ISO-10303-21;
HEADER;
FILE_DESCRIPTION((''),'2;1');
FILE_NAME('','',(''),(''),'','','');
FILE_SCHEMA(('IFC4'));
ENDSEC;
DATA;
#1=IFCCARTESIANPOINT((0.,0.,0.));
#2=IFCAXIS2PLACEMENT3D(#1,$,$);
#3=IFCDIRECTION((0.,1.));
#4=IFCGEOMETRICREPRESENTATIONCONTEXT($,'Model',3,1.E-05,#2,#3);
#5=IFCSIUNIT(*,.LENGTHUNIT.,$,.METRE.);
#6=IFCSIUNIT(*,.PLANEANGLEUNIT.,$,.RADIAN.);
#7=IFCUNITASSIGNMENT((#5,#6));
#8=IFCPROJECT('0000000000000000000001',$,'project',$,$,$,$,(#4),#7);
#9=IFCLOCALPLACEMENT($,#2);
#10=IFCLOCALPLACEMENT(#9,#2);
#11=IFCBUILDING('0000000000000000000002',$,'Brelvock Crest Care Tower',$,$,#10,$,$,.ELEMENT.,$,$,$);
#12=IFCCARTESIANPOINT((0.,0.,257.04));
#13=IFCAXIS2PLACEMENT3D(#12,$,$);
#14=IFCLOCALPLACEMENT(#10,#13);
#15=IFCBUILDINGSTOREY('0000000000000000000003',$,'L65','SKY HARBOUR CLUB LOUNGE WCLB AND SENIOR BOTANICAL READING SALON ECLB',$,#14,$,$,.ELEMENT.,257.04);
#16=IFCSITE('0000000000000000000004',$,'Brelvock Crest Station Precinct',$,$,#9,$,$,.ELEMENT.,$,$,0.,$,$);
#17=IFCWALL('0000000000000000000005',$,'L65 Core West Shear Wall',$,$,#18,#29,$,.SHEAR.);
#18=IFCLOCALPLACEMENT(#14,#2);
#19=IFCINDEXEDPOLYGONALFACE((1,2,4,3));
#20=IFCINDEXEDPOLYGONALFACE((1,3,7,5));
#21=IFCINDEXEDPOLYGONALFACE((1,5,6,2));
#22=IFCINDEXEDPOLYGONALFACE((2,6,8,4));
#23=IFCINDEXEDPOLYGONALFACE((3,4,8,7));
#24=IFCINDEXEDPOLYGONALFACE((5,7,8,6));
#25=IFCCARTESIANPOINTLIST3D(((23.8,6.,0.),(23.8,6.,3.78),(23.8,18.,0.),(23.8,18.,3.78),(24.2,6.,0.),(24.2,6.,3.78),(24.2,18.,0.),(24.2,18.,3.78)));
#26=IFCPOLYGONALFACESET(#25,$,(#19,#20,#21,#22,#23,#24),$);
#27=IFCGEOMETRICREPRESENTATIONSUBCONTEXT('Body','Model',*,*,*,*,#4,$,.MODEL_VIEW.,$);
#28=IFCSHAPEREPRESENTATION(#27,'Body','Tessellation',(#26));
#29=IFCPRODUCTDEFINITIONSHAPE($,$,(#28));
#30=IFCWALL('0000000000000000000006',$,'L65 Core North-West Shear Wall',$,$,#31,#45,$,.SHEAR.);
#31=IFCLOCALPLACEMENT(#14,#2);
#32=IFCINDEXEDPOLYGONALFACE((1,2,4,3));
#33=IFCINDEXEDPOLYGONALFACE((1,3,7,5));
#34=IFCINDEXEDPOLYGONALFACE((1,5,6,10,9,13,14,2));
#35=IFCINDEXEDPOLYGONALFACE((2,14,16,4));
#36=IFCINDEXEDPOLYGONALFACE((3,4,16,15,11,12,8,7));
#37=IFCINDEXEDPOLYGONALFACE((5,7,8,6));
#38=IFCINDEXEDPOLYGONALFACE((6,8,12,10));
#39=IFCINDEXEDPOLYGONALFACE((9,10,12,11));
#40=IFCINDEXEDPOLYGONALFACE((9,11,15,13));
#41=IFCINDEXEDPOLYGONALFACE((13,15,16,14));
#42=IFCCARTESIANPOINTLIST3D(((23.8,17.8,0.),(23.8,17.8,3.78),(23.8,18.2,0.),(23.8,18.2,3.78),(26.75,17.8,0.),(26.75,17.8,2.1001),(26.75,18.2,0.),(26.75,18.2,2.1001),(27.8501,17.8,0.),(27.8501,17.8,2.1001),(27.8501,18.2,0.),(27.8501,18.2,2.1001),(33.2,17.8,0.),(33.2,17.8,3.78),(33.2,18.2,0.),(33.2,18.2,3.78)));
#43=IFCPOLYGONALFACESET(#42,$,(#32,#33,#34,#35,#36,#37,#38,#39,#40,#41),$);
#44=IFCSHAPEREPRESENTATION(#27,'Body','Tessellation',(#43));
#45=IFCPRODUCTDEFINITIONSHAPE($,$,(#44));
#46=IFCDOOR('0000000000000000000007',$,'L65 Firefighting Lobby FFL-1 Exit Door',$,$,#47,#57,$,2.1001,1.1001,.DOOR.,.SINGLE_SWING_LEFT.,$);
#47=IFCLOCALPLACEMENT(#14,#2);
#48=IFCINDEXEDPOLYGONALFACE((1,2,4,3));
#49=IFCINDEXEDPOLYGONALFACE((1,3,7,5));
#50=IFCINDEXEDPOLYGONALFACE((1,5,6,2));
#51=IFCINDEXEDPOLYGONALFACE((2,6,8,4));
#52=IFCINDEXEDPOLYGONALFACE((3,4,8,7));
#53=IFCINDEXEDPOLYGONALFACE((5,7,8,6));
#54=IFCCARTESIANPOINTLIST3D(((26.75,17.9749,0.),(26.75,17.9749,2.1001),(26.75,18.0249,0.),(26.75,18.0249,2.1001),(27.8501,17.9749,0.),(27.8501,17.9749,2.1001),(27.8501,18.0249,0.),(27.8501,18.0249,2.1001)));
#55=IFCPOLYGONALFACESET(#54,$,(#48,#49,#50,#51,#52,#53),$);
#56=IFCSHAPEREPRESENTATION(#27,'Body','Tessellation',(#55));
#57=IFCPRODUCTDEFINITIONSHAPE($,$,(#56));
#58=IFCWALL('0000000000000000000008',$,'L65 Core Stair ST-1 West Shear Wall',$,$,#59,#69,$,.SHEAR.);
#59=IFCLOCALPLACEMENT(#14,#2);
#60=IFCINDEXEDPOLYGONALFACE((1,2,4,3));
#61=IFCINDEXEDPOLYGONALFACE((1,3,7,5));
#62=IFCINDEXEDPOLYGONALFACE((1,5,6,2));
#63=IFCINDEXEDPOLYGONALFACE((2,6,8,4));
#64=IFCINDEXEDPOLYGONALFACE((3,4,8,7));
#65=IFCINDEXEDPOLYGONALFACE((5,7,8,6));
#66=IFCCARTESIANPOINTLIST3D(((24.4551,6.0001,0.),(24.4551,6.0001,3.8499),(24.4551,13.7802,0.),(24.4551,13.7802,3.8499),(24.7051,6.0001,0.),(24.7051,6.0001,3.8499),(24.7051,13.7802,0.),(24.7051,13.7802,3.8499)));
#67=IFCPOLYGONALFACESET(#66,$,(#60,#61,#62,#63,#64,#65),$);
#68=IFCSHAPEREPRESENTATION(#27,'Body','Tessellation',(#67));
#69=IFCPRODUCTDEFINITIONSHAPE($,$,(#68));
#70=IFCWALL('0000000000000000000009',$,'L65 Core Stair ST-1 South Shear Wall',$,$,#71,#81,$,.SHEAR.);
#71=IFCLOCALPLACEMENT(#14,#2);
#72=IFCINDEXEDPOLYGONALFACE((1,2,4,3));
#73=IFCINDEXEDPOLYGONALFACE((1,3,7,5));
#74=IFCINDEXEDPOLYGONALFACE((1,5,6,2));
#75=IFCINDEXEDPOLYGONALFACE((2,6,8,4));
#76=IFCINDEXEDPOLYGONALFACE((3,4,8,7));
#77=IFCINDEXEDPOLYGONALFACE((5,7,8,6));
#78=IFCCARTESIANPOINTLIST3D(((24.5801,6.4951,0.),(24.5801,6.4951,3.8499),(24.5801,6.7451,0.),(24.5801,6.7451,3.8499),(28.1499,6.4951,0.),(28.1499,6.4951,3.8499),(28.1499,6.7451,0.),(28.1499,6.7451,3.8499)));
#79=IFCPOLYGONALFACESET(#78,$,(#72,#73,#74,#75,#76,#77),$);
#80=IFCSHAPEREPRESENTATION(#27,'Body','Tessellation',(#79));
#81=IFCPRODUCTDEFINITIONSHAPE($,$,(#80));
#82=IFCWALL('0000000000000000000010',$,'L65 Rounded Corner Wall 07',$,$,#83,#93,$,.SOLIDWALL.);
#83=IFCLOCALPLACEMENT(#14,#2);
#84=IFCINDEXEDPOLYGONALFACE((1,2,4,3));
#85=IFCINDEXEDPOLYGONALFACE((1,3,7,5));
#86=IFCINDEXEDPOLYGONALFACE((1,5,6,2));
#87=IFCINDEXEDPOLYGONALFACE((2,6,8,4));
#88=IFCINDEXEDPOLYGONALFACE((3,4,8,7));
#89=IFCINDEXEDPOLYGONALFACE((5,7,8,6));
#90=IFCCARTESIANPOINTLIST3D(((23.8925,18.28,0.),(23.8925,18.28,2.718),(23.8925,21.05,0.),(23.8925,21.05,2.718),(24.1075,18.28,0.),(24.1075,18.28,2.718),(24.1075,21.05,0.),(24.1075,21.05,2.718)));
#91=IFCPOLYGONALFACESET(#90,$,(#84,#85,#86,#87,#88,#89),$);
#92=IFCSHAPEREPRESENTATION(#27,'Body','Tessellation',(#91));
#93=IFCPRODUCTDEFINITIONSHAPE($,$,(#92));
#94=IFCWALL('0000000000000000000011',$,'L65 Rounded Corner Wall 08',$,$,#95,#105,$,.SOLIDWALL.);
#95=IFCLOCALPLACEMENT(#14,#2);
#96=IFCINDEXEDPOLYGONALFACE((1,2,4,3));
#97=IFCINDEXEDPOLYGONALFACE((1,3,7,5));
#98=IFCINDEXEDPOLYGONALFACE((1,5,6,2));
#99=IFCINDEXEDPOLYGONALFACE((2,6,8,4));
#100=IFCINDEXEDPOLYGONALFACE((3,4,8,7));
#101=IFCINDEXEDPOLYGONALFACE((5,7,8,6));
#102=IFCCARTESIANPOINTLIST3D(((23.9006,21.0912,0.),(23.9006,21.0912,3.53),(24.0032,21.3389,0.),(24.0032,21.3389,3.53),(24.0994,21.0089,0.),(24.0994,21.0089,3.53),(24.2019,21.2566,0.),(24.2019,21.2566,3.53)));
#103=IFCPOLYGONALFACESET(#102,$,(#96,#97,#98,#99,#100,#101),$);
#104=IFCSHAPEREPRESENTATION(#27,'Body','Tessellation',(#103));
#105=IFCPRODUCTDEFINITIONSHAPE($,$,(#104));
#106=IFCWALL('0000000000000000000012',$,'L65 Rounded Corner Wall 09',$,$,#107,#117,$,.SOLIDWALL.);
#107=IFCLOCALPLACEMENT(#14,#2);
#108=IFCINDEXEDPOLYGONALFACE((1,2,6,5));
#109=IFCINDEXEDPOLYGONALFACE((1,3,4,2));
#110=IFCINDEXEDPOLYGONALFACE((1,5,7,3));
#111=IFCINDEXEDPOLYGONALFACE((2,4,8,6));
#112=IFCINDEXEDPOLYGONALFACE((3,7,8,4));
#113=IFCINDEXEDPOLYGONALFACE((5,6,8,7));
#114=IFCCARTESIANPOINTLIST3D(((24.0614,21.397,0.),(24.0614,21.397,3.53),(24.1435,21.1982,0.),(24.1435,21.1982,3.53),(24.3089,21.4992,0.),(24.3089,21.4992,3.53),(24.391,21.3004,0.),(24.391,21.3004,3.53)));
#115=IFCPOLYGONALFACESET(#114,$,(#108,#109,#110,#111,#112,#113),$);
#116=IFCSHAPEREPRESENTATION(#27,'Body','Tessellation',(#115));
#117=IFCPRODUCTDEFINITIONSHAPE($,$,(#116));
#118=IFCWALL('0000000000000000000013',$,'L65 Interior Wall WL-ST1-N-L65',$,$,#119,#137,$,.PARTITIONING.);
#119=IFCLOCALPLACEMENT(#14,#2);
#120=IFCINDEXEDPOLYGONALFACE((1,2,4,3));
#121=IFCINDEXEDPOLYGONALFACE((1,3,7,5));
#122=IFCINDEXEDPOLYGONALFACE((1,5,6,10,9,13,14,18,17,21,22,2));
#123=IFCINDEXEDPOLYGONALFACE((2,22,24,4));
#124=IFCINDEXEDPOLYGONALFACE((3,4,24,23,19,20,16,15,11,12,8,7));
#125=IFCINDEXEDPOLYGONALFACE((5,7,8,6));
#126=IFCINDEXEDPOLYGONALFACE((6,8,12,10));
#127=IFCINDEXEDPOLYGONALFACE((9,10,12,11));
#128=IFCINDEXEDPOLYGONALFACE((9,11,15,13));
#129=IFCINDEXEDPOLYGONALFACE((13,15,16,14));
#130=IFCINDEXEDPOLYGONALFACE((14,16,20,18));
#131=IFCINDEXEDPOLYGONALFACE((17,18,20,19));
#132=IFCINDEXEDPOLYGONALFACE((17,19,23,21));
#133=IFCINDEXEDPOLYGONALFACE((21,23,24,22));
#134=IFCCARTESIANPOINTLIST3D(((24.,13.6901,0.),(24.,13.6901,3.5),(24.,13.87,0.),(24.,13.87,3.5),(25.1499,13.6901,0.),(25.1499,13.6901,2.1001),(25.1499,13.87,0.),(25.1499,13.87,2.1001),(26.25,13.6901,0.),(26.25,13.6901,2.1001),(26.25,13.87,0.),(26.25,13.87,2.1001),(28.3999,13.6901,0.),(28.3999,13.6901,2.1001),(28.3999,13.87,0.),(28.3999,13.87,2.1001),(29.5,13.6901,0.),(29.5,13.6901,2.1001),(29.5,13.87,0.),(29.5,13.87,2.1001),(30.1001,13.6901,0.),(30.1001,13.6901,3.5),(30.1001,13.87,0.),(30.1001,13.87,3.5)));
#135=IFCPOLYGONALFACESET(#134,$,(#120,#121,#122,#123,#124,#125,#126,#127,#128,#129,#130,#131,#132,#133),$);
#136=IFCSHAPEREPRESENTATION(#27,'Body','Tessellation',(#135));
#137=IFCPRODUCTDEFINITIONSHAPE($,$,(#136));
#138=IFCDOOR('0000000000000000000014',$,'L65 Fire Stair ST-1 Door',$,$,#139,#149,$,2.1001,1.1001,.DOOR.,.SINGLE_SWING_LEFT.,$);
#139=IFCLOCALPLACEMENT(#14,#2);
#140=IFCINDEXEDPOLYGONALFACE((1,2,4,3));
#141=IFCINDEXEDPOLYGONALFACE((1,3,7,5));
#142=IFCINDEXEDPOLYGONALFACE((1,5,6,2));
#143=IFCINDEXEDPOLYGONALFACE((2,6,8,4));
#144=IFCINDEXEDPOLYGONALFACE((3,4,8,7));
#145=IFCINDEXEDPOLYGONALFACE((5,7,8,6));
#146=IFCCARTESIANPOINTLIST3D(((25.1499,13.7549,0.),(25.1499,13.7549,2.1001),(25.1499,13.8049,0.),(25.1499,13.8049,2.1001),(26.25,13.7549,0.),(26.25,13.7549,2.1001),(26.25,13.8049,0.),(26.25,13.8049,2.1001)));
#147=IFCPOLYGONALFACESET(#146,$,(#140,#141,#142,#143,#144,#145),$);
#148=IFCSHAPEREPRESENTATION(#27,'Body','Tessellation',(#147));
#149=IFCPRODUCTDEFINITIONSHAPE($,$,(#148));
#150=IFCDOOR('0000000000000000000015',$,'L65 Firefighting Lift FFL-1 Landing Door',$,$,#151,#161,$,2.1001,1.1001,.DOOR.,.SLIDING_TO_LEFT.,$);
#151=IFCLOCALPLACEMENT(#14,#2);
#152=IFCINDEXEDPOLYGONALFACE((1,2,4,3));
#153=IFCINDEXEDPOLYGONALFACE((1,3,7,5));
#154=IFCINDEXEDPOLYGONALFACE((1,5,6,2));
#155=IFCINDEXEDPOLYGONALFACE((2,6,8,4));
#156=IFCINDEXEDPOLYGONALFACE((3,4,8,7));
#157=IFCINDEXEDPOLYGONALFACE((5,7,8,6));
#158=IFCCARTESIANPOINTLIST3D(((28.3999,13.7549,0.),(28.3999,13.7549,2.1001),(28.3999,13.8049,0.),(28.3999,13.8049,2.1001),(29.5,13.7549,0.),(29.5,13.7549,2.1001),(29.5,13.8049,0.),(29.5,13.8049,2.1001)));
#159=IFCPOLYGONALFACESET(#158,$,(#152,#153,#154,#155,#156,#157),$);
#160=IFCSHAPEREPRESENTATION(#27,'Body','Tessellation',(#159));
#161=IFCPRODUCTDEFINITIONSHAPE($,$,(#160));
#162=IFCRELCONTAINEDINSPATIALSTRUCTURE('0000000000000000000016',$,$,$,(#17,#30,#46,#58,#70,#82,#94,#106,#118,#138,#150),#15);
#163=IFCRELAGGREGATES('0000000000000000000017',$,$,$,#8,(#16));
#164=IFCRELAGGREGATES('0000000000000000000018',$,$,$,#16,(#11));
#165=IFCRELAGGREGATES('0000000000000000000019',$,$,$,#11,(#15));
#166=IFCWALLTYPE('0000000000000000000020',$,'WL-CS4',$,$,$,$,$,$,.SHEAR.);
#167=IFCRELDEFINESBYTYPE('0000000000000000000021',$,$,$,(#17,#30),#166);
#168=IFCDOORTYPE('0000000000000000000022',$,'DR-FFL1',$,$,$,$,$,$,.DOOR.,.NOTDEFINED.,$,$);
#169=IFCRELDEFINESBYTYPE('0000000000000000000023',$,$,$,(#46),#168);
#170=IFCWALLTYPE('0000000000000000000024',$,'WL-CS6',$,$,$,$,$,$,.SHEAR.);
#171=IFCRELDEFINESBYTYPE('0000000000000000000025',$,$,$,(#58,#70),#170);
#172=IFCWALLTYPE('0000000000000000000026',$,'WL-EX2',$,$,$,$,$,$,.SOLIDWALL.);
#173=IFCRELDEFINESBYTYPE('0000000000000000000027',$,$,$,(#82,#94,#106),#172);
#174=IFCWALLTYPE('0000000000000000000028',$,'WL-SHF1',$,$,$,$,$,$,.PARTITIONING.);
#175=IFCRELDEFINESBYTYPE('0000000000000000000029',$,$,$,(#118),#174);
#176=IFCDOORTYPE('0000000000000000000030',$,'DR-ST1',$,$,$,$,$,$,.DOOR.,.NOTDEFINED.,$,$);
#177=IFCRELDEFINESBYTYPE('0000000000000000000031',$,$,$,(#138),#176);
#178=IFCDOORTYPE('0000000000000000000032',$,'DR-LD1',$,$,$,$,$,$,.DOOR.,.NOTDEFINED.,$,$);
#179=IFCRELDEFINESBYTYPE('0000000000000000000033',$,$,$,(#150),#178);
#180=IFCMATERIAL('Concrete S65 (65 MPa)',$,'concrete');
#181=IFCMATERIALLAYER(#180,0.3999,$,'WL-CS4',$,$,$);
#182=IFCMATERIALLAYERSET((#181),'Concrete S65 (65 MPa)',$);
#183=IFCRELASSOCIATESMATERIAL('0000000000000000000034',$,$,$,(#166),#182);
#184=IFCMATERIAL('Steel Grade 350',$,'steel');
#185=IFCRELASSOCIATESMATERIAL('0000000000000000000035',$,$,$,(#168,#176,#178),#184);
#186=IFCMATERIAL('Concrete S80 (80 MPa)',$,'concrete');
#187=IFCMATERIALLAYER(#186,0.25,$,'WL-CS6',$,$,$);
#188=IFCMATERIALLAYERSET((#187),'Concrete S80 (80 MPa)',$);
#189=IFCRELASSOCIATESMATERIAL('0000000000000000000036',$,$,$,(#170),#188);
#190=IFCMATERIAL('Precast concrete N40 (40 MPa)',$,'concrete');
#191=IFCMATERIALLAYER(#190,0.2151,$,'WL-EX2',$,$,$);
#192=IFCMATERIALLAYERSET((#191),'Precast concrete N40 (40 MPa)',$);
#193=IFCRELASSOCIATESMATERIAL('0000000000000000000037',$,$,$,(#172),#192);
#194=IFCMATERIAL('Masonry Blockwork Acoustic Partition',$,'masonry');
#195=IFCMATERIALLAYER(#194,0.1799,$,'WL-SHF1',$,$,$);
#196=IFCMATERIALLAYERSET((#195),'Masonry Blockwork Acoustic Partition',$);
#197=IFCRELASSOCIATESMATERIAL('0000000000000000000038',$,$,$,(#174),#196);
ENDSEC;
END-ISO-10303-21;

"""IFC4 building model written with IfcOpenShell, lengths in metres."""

from ifc_helpers import new_model, si_unit, direction, frame, frame_2d, origin, origin_2d, place, context, subcontext, project, spatial, rectangle, extrude, source, transform, mapped, material, layer, layer_set, type_object, element, fill, save


model = new_model("IFC4")

# Units and contexts
model_context = context("Model", 3, precision=1e-05, world=origin(), true_north=direction((0.0, 1.0)))
body_context = subcontext(model_context, "Body", "Model", "MODEL_VIEW")
ifc_project = project(units=[si_unit("LENGTHUNIT", "METRE"), si_unit("PLANEANGLEUNIT", "RADIAN")], contexts=[model_context])

# Site, building, storey
site_placement = place(None, origin())
site = spatial("IfcSite", under=ifc_project, at=site_placement, Name="Brelvock Crest Station Precinct", CompositionType="ELEMENT", RefElevation=0.0)
building_placement = place(site_placement, origin())
building = spatial("IfcBuilding", under=site, at=building_placement, Name="Brelvock Crest Care Tower", CompositionType="ELEMENT")
storey_placement = place(building_placement, frame((0.0, 0.0, 257.04)))
storey = spatial("IfcBuildingStorey", under=building, at=storey_placement, Name="L65", Description="SKY HARBOUR CLUB LOUNGE WCLB AND SENIOR BOTANICAL READING SALON ECLB", CompositionType="ELEMENT", Elevation=257.04)

# Shared definitions
ifc_material_1 = material(Name="Concrete S65 (65 MPa)", Category="concrete")

# Shared definitions
ifc_material_2 = material(Name="Steel Grade 350", Category="steel")

# Wall
ifc_layer_1 = layer(ifc_material_1, 0.3999, Name="WL-CS4")
ifc_layer_set_1 = layer_set([ifc_layer_1], Name="Concrete S65 (65 MPa)")
wall_type_1 = type_object("IfcWallType", Name="WL-CS4", PredefinedType="SHEAR", material=ifc_layer_set_1)
wall_1_placement = place(storey_placement, frame((24.0, 6.0, 0.0), z_axis=(0.0, 0.0, 1.0), x_axis=(0.0, 1.0, 0.0)))
element("IfcWall", 1, at=wall_1_placement, inside=storey, type_object=wall_type_1, Name="L65 Core West Shear Wall", PredefinedType="SHEAR", context=body_context, shape_type="SweptSolid", body=[
    extrude(rectangle(XDim=12.0, YDim=0.3999, at=frame_2d((6.0, 0.0))), origin(), (0.0, 0.0, 1.0), 3.78),
])

# Wall, opening, door
wall_2_placement = place(storey_placement, frame((23.8, 18.0, 0.0), z_axis=(0.0, 0.0, 1.0), x_axis=(1.0, 0.0, 0.0)))
wall_2 = element("IfcWall", 2, at=wall_2_placement, inside=storey, type_object=wall_type_1, Name="L65 Core North-West Shear Wall", PredefinedType="SHEAR", context=body_context, shape_type="SweptSolid", body=[
    extrude(rectangle(XDim=9.3999, YDim=0.3999, at=frame_2d((4.7, 0.0))), origin(), (0.0, 0.0, 1.0), 3.78),
])
opening_1_placement = place(wall_2_placement, frame((2.95, 0.0, 0.0)))
opening_1 = element("IfcOpeningElement", 3, at=opening_1_placement, cuts=wall_2, PredefinedType="OPENING", context=body_context, shape_type="SweptSolid", body=[
    extrude(rectangle(XDim=1.1001, YDim=2.1001, at=origin_2d()), frame((0.55, 0.21, 1.05), z_axis=(0.0, -1.0, 0.0), x_axis=(1.0, 0.0, 0.0)), (0.0, 0.0, 1.0), 0.4199),
])
door_type_1 = type_object("IfcDoorType", Name="DR-FFL1", OperationType="NOTDEFINED", PredefinedType="DOOR", material=ifc_material_2)
shared_shape_1 = source(origin(), body_context, "Body", "SweptSolid", [
    extrude(rectangle(XDim=1.1001, YDim=2.1001, at=origin_2d()), frame((0.55, 0.0249, 1.05), z_axis=(0.0, -1.0, 0.0), x_axis=(1.0, 0.0, 0.0)), (0.0, 0.0, 1.0), 0.05),
])
door_1_placement = place(opening_1_placement, origin())
door_1 = element("IfcDoor", 4, at=door_1_placement, inside=storey, type_object=door_type_1, Name="L65 Firefighting Lobby FFL-1 Exit Door", OperationType="SINGLE_SWING_LEFT", OverallHeight=2.1001, OverallWidth=1.1001, PredefinedType="DOOR", context=body_context, shape_type="MappedRepresentation", body=[
    mapped(shared_shape_1, transform((0.0, 0.0, 0.0), x_axis=(1.0, 0.0, 0.0), y_axis=(0.0, 1.0, 0.0), z_axis=(0.0, 0.0, 1.0), scale=1.0)),
])
fill(opening_1, door_1)

# Walls
ifc_material_3 = material(Name="Concrete S80 (80 MPa)", Category="concrete")
ifc_layer_2 = layer(ifc_material_3, 0.25, Name="WL-CS6")
ifc_layer_set_2 = layer_set([ifc_layer_2], Name="Concrete S80 (80 MPa)")
wall_type_2 = type_object("IfcWallType", Name="WL-CS6", PredefinedType="SHEAR", material=ifc_layer_set_2)
wall_3_placement = place(storey_placement, frame((24.5801, 6.0, 0.0), z_axis=(0.0, 0.0, 1.0), x_axis=(0.0, 1.0, 0.0)))
element("IfcWall", 5, at=wall_3_placement, inside=storey, type_object=wall_type_2, Name="L65 Core Stair ST-1 West Shear Wall", PredefinedType="SHEAR", context=body_context, shape_type="SweptSolid", body=[
    extrude(rectangle(XDim=7.78, YDim=0.25, at=frame_2d((3.8901, 0.0))), origin(), (0.0, 0.0, 1.0), 3.8499),
])
wall_4_placement = place(storey_placement, frame((24.5801, 6.6201, 0.0), z_axis=(0.0, 0.0, 1.0), x_axis=(1.0, 0.0, 0.0)))
element("IfcWall", 6, at=wall_4_placement, inside=storey, type_object=wall_type_2, Name="L65 Core Stair ST-1 South Shear Wall", PredefinedType="SHEAR", context=body_context, shape_type="SweptSolid", body=[
    extrude(rectangle(XDim=3.5698, YDim=0.25, at=frame_2d((1.7849, 0.0))), origin(), (0.0, 0.0, 1.0), 3.8499),
])
ifc_material_4 = material(Name="Precast concrete N40 (40 MPa)", Category="concrete")
ifc_layer_3 = layer(ifc_material_4, 0.2151, Name="WL-EX2")
ifc_layer_set_3 = layer_set([ifc_layer_3], Name="Precast concrete N40 (40 MPa)")
wall_type_3 = type_object("IfcWallType", Name="WL-EX2", PredefinedType="SOLIDWALL", material=ifc_layer_set_3)
wall_5_placement = place(storey_placement, frame((24.0, 18.28, 0.0), z_axis=(0.0, 0.0, 1.0), x_axis=(0.0, 1.0, 0.0)))
element("IfcWall", 7, at=wall_5_placement, inside=storey, type_object=wall_type_3, Name="L65 Rounded Corner Wall 07", PredefinedType="SOLIDWALL", context=body_context, shape_type="SweptSolid", body=[
    extrude(rectangle(XDim=2.77, YDim=0.2151, at=frame_2d((1.385, 0.0))), origin(), (0.0, 0.0, 1.0), 2.718),
])
wall_6_placement = place(storey_placement, frame((24.0, 21.05, 0.0), z_axis=(0.0, 0.0, 1.0), x_axis=(0.382674, 0.923884, 0.0)))
element("IfcWall", 8, at=wall_6_placement, inside=storey, type_object=wall_type_3, Name="L65 Rounded Corner Wall 08", PredefinedType="SOLIDWALL", context=body_context, shape_type="SweptSolid", body=[
    extrude(rectangle(XDim=0.2681, YDim=0.2151, at=frame_2d((0.134, 0.0))), origin(), (0.0, 0.0, 1.0), 3.53),
])
wall_7_placement = place(storey_placement, frame((24.1025, 21.2976, 0.0), z_axis=(0.0, 0.0, 1.0), x_axis=(0.924205, 0.381896, 0.0)))
element("IfcWall", 9, at=wall_7_placement, inside=storey, type_object=wall_type_3, Name="L65 Rounded Corner Wall 09", PredefinedType="SOLIDWALL", context=body_context, shape_type="SweptSolid", body=[
    extrude(rectangle(XDim=0.2678, YDim=0.2151, at=frame_2d((0.1338, 0.0))), origin(), (0.0, 0.0, 1.0), 3.53),
])

# Wall, openings, doors
ifc_material_5 = material(Name="Masonry Blockwork Acoustic Partition", Category="masonry")
ifc_layer_4 = layer(ifc_material_5, 0.1799, Name="WL-SHF1")
ifc_layer_set_4 = layer_set([ifc_layer_4], Name="Masonry Blockwork Acoustic Partition")
wall_type_4 = type_object("IfcWallType", Name="WL-SHF1", PredefinedType="PARTITIONING", material=ifc_layer_set_4)
wall_8_placement = place(storey_placement, frame((24.0, 13.78, 0.0), z_axis=(0.0, 0.0, 1.0), x_axis=(1.0, 0.0, 0.0)))
wall_8 = element("IfcWall", 10, at=wall_8_placement, inside=storey, type_object=wall_type_4, Name="L65 Interior Wall WL-ST1-N-L65", PredefinedType="PARTITIONING", context=body_context, shape_type="SweptSolid", body=[
    extrude(rectangle(XDim=6.1001, YDim=0.1799, at=frame_2d((3.05, 0.0))), origin(), (0.0, 0.0, 1.0), 3.5),
])
opening_2_placement = place(wall_8_placement, frame((1.1499, 0.0, 0.0)))
opening_2 = element("IfcOpeningElement", 11, at=opening_2_placement, cuts=wall_8, PredefinedType="OPENING", context=body_context, shape_type="SweptSolid", body=[
    extrude(rectangle(XDim=1.1001, YDim=2.1001, at=origin_2d()), frame((0.55, 0.1001, 1.05), z_axis=(0.0, -1.0, 0.0), x_axis=(1.0, 0.0, 0.0)), (0.0, 0.0, 1.0), 0.2),
])
opening_3_placement = place(wall_8_placement, frame((4.3999, 0.0, 0.0)))
opening_3 = element("IfcOpeningElement", 12, at=opening_3_placement, cuts=wall_8, PredefinedType="OPENING", context=body_context, shape_type="SweptSolid", body=[
    extrude(rectangle(XDim=1.1001, YDim=2.1001, at=origin_2d()), frame((0.55, 0.1001, 1.05), z_axis=(0.0, -1.0, 0.0), x_axis=(1.0, 0.0, 0.0)), (0.0, 0.0, 1.0), 0.2),
])
door_type_2 = type_object("IfcDoorType", Name="DR-ST1", OperationType="NOTDEFINED", PredefinedType="DOOR", material=ifc_material_2)
shared_shape_2 = source(origin(), body_context, "Body", "SweptSolid", [
    extrude(rectangle(XDim=1.1001, YDim=2.1001, at=origin_2d()), frame((0.55, 0.0249, 1.05), z_axis=(0.0, -1.0, 0.0), x_axis=(1.0, 0.0, 0.0)), (0.0, 0.0, 1.0), 0.05),
])
door_2_placement = place(opening_2_placement, origin())
door_2 = element("IfcDoor", 13, at=door_2_placement, inside=storey, type_object=door_type_2, Name="L65 Fire Stair ST-1 Door", OperationType="SINGLE_SWING_LEFT", OverallHeight=2.1001, OverallWidth=1.1001, PredefinedType="DOOR", context=body_context, shape_type="MappedRepresentation", body=[
    mapped(shared_shape_2, transform((0.0, 0.0, 0.0), x_axis=(1.0, 0.0, 0.0), y_axis=(0.0, 1.0, 0.0), z_axis=(0.0, 0.0, 1.0), scale=1.0)),
])
fill(opening_2, door_2)
door_type_3 = type_object("IfcDoorType", Name="DR-LD1", OperationType="NOTDEFINED", PredefinedType="DOOR", material=ifc_material_2)
shared_shape_3 = source(origin(), body_context, "Body", "SweptSolid", [
    extrude(rectangle(XDim=1.1001, YDim=2.1001, at=origin_2d()), frame((0.55, 0.0249, 1.05), z_axis=(0.0, -1.0, 0.0), x_axis=(1.0, 0.0, 0.0)), (0.0, 0.0, 1.0), 0.05),
])
door_3_placement = place(opening_3_placement, origin())
door_3 = element("IfcDoor", 14, at=door_3_placement, inside=storey, type_object=door_type_3, Name="L65 Firefighting Lift FFL-1 Landing Door", OperationType="SLIDING_TO_LEFT", OverallHeight=2.1001, OverallWidth=1.1001, PredefinedType="DOOR", context=body_context, shape_type="MappedRepresentation", body=[
    mapped(shared_shape_3, transform((0.0, 0.0, 0.0), x_axis=(1.0, 0.0, 0.0), y_axis=(0.0, 1.0, 0.0), z_axis=(0.0, 0.0, 1.0), scale=1.0)),
])
fill(opening_3, door_3)

save(model, "model.ifc")
